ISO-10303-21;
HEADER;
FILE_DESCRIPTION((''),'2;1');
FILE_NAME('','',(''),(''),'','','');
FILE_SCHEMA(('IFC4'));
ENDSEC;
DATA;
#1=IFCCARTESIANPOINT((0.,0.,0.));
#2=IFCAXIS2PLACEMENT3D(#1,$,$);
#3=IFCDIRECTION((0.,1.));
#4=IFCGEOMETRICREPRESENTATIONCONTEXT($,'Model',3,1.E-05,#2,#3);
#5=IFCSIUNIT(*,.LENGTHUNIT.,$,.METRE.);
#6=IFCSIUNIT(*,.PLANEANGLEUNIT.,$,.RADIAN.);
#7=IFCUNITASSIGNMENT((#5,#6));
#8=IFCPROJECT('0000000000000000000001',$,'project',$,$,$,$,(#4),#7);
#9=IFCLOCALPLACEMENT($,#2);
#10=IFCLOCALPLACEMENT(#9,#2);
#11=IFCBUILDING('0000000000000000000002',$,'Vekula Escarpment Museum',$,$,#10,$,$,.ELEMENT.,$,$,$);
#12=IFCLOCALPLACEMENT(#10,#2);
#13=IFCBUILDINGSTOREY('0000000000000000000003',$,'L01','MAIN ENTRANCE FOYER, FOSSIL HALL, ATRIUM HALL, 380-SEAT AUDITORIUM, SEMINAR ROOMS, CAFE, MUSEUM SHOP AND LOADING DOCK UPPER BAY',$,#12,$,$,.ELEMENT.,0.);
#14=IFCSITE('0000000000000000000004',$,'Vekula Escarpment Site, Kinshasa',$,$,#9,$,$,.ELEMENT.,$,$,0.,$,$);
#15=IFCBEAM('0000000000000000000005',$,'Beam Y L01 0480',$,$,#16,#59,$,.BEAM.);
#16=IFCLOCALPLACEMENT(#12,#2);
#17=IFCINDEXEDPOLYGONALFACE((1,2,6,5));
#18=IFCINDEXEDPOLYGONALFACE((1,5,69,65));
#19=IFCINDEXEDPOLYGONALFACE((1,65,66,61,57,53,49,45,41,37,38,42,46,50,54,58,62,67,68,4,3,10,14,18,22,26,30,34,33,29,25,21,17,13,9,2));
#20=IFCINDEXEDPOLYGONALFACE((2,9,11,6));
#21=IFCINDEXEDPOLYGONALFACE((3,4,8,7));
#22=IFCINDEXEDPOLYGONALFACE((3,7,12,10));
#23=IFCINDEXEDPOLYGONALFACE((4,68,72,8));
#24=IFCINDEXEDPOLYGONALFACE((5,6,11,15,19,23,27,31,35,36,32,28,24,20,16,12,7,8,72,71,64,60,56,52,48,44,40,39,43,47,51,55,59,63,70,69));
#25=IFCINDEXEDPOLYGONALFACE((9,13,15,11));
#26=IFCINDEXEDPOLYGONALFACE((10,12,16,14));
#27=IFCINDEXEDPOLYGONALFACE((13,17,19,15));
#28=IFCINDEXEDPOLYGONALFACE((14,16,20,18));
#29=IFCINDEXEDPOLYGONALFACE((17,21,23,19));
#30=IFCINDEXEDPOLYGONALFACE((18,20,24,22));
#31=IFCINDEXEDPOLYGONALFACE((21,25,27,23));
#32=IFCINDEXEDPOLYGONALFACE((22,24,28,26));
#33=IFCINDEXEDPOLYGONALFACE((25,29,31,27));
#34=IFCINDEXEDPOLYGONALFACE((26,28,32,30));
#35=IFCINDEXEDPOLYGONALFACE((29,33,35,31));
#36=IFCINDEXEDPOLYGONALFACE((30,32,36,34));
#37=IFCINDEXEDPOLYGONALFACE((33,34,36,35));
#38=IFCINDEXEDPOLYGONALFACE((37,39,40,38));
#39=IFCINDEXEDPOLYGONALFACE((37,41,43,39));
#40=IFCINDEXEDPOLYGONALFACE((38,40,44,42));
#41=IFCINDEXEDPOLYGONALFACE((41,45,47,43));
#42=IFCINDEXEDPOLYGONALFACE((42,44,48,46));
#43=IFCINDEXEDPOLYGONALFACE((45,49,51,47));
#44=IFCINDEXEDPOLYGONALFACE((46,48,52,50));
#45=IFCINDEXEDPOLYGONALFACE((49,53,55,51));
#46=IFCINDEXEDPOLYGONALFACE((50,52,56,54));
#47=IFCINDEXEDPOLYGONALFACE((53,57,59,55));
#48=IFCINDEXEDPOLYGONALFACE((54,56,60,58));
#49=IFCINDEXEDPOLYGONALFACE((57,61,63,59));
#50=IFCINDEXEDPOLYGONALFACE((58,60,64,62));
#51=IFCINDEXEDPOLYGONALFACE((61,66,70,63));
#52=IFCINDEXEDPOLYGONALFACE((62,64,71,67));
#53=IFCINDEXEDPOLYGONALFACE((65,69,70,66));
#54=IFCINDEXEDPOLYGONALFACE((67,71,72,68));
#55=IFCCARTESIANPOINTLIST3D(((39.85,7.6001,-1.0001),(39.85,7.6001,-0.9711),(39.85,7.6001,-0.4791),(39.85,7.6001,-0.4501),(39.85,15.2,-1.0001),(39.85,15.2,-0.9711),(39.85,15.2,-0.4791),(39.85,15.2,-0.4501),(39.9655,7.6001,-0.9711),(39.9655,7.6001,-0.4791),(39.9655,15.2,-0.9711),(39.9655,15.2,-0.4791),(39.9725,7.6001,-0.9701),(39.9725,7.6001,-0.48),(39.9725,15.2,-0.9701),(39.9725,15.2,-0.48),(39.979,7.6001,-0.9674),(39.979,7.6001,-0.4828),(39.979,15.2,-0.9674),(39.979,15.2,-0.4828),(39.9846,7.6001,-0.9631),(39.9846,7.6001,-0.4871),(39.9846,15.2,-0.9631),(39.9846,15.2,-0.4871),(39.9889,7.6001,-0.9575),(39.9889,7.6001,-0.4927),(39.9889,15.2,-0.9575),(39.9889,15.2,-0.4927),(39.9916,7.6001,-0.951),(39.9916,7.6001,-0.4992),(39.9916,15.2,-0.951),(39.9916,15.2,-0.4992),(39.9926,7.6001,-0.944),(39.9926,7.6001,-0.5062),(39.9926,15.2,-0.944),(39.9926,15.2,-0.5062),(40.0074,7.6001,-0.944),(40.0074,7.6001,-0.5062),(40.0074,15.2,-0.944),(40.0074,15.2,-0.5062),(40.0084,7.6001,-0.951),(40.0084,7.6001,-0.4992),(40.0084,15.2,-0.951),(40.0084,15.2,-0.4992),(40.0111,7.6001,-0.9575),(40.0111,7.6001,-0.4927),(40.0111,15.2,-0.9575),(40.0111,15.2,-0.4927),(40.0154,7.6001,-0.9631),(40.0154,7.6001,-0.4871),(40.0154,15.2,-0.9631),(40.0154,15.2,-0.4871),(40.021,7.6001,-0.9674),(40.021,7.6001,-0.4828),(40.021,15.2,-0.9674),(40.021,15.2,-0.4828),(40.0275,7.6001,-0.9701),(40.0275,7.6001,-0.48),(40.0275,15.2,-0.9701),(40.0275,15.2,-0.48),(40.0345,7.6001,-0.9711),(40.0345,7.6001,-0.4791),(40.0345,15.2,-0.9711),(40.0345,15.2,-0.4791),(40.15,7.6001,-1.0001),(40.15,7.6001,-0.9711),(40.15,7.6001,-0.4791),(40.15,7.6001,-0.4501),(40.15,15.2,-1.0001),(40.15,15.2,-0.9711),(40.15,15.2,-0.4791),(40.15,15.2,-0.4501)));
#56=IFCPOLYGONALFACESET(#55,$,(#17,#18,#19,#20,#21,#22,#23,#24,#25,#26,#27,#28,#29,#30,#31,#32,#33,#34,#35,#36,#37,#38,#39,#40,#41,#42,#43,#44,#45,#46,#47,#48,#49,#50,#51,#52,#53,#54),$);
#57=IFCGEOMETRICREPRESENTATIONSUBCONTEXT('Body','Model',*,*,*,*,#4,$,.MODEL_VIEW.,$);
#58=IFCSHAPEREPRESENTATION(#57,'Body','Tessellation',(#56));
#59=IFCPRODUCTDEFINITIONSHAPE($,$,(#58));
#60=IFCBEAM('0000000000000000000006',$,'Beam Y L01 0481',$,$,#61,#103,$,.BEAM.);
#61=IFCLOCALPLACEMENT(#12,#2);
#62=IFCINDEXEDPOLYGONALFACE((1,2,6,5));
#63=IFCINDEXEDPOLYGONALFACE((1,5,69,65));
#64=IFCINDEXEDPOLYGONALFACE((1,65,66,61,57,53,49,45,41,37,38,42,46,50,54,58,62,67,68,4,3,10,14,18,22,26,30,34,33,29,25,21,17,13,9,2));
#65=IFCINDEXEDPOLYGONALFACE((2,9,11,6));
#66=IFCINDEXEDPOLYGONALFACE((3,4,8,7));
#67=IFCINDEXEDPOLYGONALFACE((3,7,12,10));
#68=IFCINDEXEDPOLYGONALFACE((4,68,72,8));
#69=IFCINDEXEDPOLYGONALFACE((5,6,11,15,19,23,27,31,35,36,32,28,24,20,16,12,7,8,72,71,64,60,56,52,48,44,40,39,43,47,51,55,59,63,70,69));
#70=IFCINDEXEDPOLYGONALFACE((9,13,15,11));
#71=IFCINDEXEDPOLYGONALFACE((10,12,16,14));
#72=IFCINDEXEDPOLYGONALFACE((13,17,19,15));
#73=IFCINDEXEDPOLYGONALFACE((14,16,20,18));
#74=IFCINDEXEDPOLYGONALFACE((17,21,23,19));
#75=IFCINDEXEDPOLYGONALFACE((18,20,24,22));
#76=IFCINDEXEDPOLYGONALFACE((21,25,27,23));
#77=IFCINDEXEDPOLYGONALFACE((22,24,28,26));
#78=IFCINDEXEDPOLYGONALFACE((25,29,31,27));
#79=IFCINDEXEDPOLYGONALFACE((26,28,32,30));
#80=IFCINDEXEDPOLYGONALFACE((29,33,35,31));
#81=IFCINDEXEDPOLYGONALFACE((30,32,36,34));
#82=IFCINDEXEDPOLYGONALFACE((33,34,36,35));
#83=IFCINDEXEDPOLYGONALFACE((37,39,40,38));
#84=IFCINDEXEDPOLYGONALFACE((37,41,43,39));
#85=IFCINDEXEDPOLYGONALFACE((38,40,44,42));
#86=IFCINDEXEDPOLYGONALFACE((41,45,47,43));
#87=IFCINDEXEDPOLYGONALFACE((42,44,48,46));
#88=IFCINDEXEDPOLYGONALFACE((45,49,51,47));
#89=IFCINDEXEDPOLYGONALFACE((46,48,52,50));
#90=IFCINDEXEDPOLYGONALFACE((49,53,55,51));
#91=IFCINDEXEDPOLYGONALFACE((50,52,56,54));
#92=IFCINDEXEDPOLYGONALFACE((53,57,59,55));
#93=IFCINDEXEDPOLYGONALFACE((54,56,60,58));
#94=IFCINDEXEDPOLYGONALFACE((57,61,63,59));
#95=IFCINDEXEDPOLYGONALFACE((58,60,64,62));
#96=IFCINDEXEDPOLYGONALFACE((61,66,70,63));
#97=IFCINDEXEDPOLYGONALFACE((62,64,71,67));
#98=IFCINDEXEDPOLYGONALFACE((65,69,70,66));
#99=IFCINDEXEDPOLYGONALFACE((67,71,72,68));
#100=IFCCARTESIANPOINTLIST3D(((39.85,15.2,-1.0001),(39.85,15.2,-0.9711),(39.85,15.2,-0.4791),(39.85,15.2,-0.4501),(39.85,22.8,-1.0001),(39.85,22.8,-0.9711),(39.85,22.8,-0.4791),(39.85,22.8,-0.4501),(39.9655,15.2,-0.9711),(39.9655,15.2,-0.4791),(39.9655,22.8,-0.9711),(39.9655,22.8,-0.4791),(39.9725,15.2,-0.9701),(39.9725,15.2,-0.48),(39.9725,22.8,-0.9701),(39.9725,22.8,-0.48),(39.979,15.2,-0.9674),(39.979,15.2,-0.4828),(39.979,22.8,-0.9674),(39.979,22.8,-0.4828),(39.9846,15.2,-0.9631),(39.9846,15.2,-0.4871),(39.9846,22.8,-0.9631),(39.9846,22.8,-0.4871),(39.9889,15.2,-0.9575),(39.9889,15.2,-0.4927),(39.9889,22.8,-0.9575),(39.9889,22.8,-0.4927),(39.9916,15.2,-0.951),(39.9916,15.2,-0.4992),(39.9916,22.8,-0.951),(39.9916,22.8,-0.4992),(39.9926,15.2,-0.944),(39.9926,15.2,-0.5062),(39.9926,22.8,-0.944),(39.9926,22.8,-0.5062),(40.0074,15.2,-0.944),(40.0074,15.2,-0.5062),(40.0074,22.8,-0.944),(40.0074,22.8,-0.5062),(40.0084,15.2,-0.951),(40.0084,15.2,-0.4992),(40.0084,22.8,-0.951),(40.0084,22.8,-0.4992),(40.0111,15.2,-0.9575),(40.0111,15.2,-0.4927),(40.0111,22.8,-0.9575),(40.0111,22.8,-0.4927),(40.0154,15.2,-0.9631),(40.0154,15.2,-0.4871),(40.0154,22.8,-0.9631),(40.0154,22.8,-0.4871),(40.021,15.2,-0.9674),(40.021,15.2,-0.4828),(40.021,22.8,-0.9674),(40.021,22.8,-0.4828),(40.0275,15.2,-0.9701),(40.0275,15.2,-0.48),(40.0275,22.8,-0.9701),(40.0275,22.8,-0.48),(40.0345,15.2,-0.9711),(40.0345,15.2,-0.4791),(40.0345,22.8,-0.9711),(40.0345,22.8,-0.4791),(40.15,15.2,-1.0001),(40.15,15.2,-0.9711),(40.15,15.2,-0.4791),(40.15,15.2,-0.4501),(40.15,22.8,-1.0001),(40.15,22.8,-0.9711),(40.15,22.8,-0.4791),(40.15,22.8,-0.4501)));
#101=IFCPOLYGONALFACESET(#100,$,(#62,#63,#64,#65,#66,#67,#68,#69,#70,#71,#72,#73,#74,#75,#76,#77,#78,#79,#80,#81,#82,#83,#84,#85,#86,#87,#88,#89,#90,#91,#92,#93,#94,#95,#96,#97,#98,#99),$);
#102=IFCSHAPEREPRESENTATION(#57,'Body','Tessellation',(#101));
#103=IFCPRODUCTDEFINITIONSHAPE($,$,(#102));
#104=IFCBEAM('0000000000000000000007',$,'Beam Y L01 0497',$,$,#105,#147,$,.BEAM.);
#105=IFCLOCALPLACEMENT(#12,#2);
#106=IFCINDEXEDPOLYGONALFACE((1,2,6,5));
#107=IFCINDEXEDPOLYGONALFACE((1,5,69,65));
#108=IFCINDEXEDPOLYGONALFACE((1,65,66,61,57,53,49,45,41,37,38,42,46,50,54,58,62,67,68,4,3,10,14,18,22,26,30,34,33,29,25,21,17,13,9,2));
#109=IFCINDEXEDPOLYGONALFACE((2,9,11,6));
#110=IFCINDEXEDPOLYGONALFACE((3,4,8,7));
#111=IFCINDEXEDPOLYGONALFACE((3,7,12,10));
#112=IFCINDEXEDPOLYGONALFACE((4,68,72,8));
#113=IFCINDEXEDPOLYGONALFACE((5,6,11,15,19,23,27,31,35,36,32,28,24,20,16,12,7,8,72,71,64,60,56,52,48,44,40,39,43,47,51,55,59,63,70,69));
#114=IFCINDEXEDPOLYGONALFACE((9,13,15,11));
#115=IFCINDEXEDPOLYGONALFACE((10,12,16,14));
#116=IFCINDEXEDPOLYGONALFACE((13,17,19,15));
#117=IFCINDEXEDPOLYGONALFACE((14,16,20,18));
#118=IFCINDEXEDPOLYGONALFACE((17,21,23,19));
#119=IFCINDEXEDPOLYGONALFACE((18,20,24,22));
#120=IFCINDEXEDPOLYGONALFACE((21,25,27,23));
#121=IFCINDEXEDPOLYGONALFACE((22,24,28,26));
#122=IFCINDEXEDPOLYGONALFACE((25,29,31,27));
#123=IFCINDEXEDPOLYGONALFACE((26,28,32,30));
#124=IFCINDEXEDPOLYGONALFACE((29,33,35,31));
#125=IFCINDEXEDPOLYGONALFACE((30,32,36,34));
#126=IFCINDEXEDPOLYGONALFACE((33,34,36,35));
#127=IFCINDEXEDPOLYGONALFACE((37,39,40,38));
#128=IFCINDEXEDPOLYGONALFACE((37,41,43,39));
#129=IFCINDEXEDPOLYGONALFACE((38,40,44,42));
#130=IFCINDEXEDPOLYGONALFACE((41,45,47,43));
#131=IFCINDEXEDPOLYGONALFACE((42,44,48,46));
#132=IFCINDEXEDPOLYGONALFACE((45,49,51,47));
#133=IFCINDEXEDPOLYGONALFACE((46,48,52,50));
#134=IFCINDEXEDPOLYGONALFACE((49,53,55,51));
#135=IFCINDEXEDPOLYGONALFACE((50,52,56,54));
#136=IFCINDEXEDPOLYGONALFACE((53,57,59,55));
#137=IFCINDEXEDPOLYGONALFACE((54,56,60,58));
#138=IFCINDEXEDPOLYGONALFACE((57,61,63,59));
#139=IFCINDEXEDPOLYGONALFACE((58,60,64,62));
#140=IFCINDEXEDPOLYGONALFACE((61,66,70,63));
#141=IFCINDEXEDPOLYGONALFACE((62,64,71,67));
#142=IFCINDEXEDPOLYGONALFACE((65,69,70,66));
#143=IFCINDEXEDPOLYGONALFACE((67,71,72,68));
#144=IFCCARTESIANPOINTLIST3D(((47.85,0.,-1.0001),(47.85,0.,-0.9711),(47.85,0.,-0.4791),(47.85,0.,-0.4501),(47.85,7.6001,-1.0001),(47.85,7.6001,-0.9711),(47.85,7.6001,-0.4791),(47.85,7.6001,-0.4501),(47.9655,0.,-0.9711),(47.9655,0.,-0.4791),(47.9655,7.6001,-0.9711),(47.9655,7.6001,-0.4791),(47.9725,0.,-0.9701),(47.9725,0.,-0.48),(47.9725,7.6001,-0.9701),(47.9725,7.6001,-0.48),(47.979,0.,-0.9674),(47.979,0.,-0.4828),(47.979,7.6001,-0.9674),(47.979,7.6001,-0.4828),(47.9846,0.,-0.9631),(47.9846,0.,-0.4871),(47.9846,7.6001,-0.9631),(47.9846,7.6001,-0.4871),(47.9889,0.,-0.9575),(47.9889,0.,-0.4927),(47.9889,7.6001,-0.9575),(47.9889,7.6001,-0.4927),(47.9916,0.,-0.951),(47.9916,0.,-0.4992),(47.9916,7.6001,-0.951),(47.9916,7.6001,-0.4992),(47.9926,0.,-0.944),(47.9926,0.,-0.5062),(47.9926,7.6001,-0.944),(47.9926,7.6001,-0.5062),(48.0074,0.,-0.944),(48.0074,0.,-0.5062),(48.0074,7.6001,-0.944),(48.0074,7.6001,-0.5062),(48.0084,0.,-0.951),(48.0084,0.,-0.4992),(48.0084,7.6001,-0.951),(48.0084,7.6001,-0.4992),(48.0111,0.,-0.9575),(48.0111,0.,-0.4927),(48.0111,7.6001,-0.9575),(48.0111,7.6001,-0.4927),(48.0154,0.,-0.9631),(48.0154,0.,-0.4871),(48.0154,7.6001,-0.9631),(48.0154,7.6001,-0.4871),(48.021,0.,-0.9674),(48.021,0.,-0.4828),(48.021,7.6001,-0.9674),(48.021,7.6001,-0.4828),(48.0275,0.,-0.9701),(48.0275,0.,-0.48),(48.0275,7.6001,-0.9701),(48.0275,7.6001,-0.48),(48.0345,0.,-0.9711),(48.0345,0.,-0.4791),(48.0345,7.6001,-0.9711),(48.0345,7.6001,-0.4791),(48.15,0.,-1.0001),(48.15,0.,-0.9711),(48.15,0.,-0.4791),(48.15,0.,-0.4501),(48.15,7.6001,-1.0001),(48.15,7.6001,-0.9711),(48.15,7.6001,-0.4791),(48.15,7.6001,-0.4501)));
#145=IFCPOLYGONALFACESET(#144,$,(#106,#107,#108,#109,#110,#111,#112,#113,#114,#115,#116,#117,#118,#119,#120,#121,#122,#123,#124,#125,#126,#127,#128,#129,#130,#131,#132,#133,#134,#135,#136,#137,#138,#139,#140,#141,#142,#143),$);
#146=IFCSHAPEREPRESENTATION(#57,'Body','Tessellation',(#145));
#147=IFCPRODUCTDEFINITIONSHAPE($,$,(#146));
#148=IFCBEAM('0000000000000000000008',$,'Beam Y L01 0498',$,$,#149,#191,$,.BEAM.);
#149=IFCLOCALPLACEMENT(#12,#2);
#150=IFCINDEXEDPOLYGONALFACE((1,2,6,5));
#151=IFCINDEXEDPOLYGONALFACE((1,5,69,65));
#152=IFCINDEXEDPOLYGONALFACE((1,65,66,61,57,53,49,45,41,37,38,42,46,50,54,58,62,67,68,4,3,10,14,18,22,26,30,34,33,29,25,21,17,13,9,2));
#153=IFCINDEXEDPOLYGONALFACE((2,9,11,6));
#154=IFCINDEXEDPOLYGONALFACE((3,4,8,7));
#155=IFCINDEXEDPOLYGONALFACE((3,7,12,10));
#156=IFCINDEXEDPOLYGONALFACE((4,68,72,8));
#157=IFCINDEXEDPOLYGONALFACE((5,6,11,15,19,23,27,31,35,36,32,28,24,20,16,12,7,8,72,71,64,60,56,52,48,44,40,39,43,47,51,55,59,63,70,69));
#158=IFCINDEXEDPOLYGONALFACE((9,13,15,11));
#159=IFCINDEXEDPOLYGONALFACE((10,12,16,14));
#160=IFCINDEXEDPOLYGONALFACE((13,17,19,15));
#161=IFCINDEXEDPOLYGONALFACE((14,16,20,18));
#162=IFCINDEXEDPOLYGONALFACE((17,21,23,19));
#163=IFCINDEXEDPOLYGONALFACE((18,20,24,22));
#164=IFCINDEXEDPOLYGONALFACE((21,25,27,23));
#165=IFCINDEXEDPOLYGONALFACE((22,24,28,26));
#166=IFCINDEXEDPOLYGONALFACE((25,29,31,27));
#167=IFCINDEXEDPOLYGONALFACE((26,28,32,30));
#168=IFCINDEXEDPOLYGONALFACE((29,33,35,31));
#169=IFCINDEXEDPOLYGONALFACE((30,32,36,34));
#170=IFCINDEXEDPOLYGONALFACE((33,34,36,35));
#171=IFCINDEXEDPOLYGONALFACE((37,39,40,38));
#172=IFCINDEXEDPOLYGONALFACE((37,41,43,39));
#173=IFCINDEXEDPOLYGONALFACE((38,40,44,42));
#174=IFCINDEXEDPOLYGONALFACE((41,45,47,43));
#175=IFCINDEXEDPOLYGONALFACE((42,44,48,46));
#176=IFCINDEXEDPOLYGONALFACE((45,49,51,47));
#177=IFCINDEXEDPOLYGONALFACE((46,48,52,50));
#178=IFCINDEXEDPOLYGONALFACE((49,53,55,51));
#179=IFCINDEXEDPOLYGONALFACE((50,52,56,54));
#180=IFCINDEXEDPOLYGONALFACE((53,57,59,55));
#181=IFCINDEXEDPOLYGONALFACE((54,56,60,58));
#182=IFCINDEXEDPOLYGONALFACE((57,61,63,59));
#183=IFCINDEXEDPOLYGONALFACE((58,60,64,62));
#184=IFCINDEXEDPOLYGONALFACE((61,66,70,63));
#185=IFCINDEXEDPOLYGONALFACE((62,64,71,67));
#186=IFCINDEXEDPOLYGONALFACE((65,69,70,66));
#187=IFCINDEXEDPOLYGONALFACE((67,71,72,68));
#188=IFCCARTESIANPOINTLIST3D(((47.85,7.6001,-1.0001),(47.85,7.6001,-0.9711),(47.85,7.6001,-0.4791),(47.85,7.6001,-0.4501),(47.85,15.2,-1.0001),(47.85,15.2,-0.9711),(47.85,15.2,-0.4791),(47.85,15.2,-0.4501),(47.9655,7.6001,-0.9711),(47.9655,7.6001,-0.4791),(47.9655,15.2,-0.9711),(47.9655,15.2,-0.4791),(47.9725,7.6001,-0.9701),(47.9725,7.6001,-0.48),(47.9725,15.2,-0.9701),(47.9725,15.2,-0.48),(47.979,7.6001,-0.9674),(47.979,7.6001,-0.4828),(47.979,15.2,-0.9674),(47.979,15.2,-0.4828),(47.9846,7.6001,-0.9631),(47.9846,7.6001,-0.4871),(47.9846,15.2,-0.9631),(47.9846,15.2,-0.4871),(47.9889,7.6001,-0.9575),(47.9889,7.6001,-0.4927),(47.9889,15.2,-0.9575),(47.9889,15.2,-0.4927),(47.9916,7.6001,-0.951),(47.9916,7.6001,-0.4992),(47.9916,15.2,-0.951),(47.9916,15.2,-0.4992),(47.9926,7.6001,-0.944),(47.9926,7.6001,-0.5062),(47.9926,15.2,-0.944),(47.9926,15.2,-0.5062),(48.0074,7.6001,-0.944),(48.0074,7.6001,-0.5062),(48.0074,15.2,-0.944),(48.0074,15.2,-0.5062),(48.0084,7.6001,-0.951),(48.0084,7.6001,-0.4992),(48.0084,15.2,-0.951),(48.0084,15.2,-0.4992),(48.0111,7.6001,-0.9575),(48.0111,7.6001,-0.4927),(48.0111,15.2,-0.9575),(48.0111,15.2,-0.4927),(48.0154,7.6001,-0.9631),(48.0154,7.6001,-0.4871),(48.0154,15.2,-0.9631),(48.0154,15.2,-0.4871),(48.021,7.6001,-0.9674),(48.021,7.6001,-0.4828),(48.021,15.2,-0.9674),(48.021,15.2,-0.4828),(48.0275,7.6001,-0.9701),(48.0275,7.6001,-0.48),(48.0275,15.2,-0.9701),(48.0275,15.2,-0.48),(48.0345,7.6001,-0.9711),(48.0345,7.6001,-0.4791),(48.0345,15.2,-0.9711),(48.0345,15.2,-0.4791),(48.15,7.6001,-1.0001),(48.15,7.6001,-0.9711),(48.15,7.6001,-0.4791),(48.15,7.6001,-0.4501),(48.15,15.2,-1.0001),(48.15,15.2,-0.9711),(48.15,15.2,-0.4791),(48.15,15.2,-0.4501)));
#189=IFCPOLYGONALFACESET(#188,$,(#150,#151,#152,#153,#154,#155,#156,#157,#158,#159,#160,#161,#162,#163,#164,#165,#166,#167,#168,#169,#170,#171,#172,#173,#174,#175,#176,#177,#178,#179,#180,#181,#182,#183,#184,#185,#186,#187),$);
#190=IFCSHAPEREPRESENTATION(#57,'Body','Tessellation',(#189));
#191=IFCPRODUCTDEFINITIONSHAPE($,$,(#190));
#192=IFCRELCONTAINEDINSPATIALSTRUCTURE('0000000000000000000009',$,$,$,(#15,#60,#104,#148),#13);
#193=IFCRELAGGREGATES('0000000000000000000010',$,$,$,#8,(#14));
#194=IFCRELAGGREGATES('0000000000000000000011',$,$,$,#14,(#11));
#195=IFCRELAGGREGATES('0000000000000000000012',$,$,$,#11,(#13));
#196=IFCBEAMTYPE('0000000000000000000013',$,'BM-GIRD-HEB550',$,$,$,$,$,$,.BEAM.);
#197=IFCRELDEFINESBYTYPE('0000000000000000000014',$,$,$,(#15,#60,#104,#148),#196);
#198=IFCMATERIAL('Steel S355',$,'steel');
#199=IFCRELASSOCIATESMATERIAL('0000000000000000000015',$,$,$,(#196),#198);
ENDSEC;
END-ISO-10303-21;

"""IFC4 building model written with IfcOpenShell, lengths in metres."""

from ifc_helpers import new_model, si_unit, direction, frame, origin, origin_2d, place, context, subcontext, project, spatial, i_section, extrude, material, material_profile, profile_set, type_object, element, save


model = new_model("IFC4")

# Units and contexts
model_context = context("Model", 3, precision=1e-05, world=origin(), true_north=direction((0.0, 1.0)))
body_context = subcontext(model_context, "Body", "Model", "MODEL_VIEW")
ifc_project = project(units=[si_unit("LENGTHUNIT", "METRE"), si_unit("PLANEANGLEUNIT", "RADIAN")], contexts=[model_context])

# Site, building, storey
site_placement = place(None, origin())
site = spatial("IfcSite", under=ifc_project, at=site_placement, Name="Vekula Escarpment Site, Kinshasa", CompositionType="ELEMENT", RefElevation=0.0)
building_placement = place(site_placement, origin())
building = spatial("IfcBuilding", under=site, at=building_placement, Name="Vekula Escarpment Museum", CompositionType="ELEMENT")
storey_placement = place(building_placement, origin())
storey = spatial("IfcBuildingStorey", under=building, at=storey_placement, Name="L01", Description="MAIN ENTRANCE FOYER, FOSSIL HALL, ATRIUM HALL, 380-SEAT AUDITORIUM, SEMINAR ROOMS, CAFE, MUSEUM SHOP AND LOADING DOCK UPPER BAY", CompositionType="ELEMENT", Elevation=0.0)

# Beams
ifc_material_1 = material(Name="Steel S355", Category="steel")
ifc_material_profile_1 = material_profile(ifc_material_1, i_section(OverallWidth=0.3, OverallDepth=0.55, WebThickness=0.0149, FlangeThickness=0.0291, FilletRadius=0.0271, at=origin_2d()), Name="HEB 550")
ifc_profile_set_1 = profile_set([ifc_material_profile_1], Name="Steel S355")
beam_type_1 = type_object("IfcBeamType", Name="BM-GIRD-HEB550", PredefinedType="BEAM", material=ifc_profile_set_1)
beam_1_placement = place(storey_placement, frame((40.0, 7.6001, -0.7251), z_axis=(0.0, 1.0, 0.0), x_axis=(-1.0, 0.0, 0.0)))
element("IfcBeam", 1, at=beam_1_placement, inside=storey, type_object=beam_type_1, Name="Beam Y L01 0480", PredefinedType="BEAM", context=body_context, shape_type="SweptSolid", body=[
    extrude(i_section(OverallWidth=0.3, OverallDepth=0.55, WebThickness=0.0149, FlangeThickness=0.0291, FilletRadius=0.0271, at=origin_2d()), origin(), (0.0, 0.0, 1.0), 7.5999),
])
for number, where, z_axis, x_axis, name in (
    (2, (40.0, 15.2, -0.7251), (0.0, 1.0, 0.0), (-1.0, 0.0, 0.0), "Beam Y L01 0481"),
    (3, (48.0, 0.0, -0.7251), (0.0, 1.0, 0.0), (-1.0, 0.0, 0.0), "Beam Y L01 0497"),
):
    element("IfcBeam", number, at=place(storey_placement, frame(where, z_axis=z_axis, x_axis=x_axis)), inside=storey, type_object=beam_type_1, Name=name, PredefinedType="BEAM", context=body_context, shape_type="SweptSolid", body=[
        extrude(i_section(OverallWidth=0.3, OverallDepth=0.55, WebThickness=0.0149, FlangeThickness=0.0291, FilletRadius=0.0271, at=origin_2d()), origin(), (0.0, 0.0, 1.0), 7.6001),
    ])
beam_2_placement = place(storey_placement, frame((48.0, 7.6001, -0.7251), z_axis=(0.0, 1.0, 0.0), x_axis=(-1.0, 0.0, 0.0)))
element("IfcBeam", 4, at=beam_2_placement, inside=storey, type_object=beam_type_1, Name="Beam Y L01 0498", PredefinedType="BEAM", context=body_context, shape_type="SweptSolid", body=[
    extrude(i_section(OverallWidth=0.3, OverallDepth=0.55, WebThickness=0.0149, FlangeThickness=0.0291, FilletRadius=0.0271, at=origin_2d()), origin(), (0.0, 0.0, 1.0), 7.5999),
])

save(model, "model.ifc")
